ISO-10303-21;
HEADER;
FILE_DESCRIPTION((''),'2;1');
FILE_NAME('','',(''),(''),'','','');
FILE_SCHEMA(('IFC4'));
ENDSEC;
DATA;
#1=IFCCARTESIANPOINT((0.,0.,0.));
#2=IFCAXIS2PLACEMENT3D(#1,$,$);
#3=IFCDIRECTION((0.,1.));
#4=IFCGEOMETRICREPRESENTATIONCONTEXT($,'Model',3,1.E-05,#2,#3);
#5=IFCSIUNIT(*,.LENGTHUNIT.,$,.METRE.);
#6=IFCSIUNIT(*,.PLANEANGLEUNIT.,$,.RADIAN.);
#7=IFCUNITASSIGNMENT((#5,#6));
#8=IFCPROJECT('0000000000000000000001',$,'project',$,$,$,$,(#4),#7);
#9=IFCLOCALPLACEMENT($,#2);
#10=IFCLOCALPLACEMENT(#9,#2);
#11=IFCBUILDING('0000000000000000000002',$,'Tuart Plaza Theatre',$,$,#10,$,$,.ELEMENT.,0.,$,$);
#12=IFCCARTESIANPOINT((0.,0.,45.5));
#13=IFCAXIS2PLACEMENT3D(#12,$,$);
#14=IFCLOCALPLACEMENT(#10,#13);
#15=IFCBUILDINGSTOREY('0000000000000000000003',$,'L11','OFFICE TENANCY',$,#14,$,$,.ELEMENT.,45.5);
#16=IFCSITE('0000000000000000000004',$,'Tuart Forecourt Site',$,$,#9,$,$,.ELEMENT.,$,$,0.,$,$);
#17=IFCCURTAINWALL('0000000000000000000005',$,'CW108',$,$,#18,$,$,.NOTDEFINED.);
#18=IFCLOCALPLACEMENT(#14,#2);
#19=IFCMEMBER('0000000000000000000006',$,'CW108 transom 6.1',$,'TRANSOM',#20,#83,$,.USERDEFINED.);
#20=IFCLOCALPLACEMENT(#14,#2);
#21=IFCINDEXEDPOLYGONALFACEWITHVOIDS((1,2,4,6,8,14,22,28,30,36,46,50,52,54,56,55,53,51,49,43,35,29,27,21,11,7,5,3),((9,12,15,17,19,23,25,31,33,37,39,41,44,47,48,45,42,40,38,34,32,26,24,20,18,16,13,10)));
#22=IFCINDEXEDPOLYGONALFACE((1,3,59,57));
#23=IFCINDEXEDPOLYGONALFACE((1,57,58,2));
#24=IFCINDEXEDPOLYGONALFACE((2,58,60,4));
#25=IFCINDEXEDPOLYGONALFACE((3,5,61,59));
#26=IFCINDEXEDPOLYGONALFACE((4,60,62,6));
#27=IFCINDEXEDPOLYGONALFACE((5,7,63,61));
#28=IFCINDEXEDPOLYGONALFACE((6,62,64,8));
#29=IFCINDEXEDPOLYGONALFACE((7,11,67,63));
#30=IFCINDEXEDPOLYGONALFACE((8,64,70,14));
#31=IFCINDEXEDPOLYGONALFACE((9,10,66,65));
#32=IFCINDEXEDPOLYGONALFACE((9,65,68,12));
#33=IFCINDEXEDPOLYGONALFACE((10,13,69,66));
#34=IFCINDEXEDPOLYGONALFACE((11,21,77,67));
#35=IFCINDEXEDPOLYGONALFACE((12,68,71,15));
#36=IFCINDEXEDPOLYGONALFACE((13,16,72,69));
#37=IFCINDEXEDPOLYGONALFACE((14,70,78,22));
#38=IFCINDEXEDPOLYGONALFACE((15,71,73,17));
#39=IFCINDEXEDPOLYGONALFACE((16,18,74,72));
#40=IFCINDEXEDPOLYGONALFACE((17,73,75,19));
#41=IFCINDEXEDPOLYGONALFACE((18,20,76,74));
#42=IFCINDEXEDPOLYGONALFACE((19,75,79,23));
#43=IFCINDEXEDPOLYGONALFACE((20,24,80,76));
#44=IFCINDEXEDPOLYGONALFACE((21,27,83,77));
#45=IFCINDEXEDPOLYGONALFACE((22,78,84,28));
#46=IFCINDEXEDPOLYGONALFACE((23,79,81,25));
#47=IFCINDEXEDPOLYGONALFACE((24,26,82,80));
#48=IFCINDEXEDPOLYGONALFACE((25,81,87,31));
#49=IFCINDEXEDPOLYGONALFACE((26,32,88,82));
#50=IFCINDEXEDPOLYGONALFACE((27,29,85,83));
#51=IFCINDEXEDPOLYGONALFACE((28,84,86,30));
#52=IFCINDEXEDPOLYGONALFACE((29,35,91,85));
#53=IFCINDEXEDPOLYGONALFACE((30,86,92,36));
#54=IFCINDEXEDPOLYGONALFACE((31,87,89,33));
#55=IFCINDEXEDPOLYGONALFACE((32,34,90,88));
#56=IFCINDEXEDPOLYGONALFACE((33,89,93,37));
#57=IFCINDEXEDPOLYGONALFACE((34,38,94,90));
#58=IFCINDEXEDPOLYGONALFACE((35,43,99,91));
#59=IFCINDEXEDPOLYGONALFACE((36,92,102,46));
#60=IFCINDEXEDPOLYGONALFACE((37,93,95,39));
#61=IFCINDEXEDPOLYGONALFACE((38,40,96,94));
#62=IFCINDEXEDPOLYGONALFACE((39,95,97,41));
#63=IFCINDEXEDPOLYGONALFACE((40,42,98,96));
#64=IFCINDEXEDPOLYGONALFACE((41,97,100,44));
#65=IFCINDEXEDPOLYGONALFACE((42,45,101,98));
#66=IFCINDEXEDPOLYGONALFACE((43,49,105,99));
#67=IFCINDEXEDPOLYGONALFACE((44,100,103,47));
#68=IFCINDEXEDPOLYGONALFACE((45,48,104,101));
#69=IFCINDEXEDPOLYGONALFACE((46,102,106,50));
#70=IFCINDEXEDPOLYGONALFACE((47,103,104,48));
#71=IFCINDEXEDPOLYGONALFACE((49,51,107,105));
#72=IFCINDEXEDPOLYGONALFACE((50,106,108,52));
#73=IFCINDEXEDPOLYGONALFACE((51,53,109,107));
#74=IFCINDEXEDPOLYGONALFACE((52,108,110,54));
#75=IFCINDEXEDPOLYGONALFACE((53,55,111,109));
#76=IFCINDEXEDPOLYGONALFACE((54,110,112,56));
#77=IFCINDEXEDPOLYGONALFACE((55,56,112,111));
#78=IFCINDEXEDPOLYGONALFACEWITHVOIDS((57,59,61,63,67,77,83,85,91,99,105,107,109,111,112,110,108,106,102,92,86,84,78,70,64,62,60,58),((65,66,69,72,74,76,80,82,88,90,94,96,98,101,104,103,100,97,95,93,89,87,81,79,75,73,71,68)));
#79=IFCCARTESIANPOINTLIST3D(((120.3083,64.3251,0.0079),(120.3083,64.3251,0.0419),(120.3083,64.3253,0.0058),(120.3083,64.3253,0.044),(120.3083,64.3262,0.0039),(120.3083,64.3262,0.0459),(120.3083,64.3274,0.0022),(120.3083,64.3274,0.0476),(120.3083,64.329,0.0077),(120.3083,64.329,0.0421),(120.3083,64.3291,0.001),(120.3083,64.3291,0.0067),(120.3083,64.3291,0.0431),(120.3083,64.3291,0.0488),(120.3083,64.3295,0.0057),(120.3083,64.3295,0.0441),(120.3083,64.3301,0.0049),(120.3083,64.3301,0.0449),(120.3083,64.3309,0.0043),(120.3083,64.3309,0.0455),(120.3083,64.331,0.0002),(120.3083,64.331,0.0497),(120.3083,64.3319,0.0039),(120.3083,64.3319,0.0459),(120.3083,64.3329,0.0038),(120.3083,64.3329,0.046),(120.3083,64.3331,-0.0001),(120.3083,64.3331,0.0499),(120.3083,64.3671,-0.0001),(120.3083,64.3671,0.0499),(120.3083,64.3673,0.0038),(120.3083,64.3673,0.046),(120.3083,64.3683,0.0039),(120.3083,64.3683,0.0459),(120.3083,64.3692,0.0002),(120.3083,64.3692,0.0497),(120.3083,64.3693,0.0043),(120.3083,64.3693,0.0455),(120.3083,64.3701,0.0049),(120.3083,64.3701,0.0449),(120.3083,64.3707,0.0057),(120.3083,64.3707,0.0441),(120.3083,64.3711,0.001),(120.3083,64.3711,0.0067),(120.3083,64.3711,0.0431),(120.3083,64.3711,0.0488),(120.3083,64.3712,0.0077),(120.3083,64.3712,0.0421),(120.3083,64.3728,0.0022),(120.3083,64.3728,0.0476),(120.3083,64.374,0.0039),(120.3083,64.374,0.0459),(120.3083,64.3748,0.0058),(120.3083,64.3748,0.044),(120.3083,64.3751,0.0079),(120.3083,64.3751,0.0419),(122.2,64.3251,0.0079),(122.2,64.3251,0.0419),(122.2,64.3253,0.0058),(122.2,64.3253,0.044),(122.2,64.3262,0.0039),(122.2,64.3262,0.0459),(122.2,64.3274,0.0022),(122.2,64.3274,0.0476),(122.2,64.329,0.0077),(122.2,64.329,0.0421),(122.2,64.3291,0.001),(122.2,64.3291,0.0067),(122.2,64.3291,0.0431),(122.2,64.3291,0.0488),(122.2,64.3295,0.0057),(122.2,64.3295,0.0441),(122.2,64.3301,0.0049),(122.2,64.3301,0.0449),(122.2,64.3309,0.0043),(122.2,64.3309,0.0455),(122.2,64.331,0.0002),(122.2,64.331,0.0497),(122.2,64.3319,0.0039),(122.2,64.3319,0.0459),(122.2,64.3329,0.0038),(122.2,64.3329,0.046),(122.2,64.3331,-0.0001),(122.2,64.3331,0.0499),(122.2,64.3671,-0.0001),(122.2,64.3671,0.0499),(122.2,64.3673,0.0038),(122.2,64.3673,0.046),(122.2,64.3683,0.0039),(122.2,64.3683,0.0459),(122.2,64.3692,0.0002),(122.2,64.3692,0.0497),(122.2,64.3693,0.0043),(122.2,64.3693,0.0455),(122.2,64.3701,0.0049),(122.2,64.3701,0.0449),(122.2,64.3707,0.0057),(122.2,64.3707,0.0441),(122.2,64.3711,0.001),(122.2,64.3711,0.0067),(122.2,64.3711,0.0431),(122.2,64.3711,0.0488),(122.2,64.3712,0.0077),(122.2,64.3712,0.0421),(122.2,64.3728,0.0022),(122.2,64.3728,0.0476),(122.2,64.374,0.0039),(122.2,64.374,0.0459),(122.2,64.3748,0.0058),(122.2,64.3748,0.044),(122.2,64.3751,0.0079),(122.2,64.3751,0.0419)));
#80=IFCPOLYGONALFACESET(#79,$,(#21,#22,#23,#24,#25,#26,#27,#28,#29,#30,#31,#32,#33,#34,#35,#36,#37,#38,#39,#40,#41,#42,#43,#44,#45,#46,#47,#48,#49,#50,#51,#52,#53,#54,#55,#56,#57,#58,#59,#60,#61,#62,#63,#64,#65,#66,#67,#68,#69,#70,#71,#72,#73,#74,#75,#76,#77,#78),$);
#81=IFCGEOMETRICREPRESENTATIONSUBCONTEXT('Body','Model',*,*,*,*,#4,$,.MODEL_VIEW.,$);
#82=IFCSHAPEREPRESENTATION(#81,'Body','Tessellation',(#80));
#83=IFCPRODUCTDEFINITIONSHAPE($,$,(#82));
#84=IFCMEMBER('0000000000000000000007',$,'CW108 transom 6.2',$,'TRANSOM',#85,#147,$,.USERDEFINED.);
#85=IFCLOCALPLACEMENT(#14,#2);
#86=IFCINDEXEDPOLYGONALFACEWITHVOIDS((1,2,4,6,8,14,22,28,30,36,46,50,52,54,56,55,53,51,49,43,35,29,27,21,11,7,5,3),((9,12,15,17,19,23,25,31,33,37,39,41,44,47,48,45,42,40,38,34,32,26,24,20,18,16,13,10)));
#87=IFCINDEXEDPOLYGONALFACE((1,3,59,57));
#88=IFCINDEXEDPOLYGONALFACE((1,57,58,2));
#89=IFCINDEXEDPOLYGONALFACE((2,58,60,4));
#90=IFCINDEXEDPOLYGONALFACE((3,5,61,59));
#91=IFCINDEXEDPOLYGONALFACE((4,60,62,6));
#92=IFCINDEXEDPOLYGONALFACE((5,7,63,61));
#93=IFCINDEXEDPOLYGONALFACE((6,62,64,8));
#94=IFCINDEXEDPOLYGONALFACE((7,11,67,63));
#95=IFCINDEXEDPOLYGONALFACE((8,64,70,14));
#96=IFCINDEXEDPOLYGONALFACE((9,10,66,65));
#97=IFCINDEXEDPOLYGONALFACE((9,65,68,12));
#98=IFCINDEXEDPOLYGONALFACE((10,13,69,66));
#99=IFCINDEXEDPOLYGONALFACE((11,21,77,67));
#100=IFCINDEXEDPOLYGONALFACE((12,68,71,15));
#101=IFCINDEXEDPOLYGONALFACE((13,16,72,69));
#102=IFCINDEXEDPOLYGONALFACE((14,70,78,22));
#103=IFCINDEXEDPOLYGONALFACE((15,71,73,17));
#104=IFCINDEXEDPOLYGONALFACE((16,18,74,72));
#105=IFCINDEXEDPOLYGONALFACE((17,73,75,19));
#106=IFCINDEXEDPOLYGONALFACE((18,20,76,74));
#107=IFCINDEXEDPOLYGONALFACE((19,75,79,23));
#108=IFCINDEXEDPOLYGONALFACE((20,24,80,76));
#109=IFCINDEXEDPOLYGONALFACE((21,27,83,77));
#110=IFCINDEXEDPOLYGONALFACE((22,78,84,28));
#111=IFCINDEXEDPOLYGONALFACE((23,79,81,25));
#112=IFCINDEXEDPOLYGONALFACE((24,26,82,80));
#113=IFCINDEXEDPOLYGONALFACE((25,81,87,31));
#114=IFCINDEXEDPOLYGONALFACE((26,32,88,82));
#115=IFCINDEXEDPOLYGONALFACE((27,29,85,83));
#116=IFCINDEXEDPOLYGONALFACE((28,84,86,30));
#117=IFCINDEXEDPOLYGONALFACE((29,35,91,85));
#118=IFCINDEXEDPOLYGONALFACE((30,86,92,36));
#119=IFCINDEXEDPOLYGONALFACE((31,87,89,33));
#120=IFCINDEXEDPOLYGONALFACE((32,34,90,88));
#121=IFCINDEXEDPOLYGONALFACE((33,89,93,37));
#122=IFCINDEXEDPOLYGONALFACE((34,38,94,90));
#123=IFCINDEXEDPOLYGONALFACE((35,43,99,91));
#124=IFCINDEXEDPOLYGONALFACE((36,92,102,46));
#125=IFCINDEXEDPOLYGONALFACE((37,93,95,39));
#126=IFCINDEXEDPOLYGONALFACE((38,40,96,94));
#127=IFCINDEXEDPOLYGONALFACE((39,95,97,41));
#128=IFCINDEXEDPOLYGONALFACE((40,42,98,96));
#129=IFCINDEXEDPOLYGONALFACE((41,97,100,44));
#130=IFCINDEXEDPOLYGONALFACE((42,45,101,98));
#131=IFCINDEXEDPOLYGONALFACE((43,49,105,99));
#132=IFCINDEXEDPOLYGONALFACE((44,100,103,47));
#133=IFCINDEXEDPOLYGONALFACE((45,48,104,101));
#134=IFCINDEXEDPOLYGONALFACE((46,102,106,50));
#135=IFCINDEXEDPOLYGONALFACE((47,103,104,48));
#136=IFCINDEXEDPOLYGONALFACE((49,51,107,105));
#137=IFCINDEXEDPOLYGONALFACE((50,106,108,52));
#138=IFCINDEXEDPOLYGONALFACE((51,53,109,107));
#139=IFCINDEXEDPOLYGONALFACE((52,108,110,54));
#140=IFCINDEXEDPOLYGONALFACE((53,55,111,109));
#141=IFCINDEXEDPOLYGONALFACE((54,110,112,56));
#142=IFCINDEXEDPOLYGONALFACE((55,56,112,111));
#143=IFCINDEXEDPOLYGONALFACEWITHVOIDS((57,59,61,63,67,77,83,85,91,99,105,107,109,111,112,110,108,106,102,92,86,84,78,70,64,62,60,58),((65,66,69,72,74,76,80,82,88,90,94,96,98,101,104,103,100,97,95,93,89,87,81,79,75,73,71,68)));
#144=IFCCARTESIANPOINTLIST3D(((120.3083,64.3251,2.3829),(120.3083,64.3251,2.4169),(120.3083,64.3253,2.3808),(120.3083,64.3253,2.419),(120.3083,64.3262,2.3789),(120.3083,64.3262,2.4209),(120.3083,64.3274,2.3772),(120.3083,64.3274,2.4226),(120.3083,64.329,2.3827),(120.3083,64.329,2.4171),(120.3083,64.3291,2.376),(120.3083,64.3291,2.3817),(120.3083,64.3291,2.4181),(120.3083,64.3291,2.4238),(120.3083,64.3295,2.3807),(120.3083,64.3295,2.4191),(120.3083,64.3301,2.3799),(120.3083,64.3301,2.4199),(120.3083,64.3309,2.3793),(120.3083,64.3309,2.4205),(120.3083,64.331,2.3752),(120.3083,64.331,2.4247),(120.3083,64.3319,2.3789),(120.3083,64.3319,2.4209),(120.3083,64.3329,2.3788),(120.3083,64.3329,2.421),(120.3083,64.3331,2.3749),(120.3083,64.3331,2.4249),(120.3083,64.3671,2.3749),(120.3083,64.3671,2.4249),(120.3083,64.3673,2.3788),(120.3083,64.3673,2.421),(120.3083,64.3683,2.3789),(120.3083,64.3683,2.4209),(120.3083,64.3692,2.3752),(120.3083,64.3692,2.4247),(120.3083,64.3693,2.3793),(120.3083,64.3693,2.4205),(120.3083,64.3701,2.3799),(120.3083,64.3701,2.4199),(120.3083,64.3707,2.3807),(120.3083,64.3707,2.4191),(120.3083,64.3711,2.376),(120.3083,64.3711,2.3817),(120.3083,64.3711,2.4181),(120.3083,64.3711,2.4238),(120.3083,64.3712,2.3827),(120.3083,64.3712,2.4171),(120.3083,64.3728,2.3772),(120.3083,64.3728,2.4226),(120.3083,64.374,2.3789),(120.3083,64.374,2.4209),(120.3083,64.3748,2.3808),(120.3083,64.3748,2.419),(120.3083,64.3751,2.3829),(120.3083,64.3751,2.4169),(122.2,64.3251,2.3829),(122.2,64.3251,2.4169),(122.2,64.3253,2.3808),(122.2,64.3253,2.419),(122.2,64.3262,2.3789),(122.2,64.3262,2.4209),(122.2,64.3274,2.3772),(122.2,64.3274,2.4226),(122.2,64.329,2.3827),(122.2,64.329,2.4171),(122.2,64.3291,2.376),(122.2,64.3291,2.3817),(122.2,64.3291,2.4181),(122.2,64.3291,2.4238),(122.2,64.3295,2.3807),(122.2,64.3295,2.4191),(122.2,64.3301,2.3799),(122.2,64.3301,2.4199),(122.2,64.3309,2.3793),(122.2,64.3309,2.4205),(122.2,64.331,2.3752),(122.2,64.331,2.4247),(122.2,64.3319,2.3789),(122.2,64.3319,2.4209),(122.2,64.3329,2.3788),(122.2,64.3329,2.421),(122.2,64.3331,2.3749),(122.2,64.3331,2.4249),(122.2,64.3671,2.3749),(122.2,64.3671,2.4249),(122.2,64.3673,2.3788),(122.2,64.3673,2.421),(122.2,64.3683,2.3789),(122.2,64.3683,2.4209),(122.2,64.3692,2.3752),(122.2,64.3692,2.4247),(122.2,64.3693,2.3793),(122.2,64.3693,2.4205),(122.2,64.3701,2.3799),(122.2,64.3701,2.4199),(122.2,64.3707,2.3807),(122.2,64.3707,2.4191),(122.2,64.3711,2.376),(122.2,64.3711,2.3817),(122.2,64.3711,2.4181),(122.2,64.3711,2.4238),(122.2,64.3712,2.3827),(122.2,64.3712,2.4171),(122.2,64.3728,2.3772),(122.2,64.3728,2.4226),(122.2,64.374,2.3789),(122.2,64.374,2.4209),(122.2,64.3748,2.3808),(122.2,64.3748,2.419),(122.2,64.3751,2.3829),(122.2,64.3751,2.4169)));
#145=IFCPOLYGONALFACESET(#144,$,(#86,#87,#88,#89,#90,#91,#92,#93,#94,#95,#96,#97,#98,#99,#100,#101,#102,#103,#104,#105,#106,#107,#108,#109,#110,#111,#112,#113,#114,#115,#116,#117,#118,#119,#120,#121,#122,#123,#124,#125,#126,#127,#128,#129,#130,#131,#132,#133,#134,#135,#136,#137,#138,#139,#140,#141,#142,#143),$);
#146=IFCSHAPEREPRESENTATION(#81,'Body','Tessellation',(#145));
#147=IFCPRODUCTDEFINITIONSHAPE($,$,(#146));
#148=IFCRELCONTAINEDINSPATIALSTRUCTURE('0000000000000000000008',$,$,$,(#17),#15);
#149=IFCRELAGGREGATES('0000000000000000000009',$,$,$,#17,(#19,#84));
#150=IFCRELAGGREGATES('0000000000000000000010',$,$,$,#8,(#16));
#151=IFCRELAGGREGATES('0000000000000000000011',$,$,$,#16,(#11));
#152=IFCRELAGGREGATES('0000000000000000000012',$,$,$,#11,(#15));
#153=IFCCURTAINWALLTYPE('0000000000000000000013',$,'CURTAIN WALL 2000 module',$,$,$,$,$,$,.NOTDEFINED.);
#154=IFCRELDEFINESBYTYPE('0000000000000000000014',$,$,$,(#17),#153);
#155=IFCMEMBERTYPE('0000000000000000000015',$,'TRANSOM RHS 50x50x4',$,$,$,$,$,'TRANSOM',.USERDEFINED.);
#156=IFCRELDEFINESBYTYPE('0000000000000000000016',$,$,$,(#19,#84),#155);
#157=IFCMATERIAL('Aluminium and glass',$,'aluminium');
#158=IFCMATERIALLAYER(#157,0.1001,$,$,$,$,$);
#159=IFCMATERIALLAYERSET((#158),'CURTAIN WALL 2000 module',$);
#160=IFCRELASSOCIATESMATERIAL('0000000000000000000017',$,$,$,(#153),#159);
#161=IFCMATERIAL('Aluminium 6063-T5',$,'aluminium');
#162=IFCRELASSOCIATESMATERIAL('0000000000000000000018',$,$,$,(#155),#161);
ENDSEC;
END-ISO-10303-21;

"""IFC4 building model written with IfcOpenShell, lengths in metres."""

from ifc_helpers import new_model, si_unit, direction, frame, origin, origin_2d, place, context, subcontext, project, spatial, hollow_rectangle, extrude, material, layer, layer_set, material_profile, profile_set, type_object, element, aggregate, save


model = new_model("IFC4")

# Units and contexts
model_context = context("Model", 3, precision=1e-05, world=origin(), true_north=direction((0.0, 1.0)))
body_context = subcontext(model_context, "Body", "Model", "MODEL_VIEW")
ifc_project = project(units=[si_unit("LENGTHUNIT", "METRE"), si_unit("PLANEANGLEUNIT", "RADIAN")], contexts=[model_context])

# Site, building, storey
site_placement = place(None, origin())
site = spatial("IfcSite", under=ifc_project, at=site_placement, Name="Tuart Forecourt Site", CompositionType="ELEMENT", RefElevation=0.0)
building_placement = place(site_placement, origin())
building = spatial("IfcBuilding", under=site, at=building_placement, Name="Tuart Plaza Theatre", CompositionType="ELEMENT", ElevationOfRefHeight=0.0)
storey_placement = place(building_placement, frame((0.0, 0.0, 45.5)))
storey = spatial("IfcBuildingStorey", under=building, at=storey_placement, Name="L11", Description="OFFICE TENANCY", CompositionType="ELEMENT", Elevation=45.5)

# Curtain wall, members
ifc_material_1 = material(Name="Aluminium and glass", Category="aluminium")
ifc_layer_1 = layer(ifc_material_1, 0.1001)
ifc_layer_set_1 = layer_set([ifc_layer_1], Name="CURTAIN WALL 2000 module")
curtain_wall_type = type_object("IfcCurtainWallType", Name="CURTAIN WALL 2000 module", PredefinedType="NOTDEFINED", material=ifc_layer_set_1)
curtain_wall_1_placement = place(storey_placement, origin())
curtain_wall_1 = element("IfcCurtainWall", 1, at=curtain_wall_1_placement, inside=storey, type_object=curtain_wall_type, Name="CW108", PredefinedType="NOTDEFINED")
ifc_material_2 = material(Name="Aluminium 6063-T5", Category="aluminium")
ifc_material_profile_1 = material_profile(ifc_material_2, hollow_rectangle(XDim=0.05, YDim=0.05, WallThickness=0.0039, InnerFilletRadius=0.0039, OuterFilletRadius=0.0081, at=origin_2d()), Name="RHS 50x50x4")
ifc_profile_set_1 = profile_set([ifc_material_profile_1], Name="Aluminium 6063-T5")
member_type_1 = type_object("IfcMemberType", Name="TRANSOM RHS 50x50x4", ElementType="TRANSOM", PredefinedType="USERDEFINED", material=ifc_profile_set_1)
member_1_placement = place(storey_placement, frame((120.3083, 64.3501, 0.0249), z_axis=(1.0, 0.0, 0.0), x_axis=(0.0, 1.0, 0.0)))
member_1 = element("IfcMember", 2, at=member_1_placement, type_object=member_type_1, Name="CW108 transom 6.1", ObjectType="TRANSOM", PredefinedType="USERDEFINED", context=body_context, shape_type="SweptSolid", body=[
    extrude(hollow_rectangle(XDim=0.05, YDim=0.05, WallThickness=0.0039, InnerFilletRadius=0.0039, OuterFilletRadius=0.0081, at=origin_2d()), origin(), (0.0, 0.0, 1.0), 1.8916),
])
member_2_placement = place(storey_placement, frame((120.3083, 64.3501, 2.3999), z_axis=(1.0, 0.0, 0.0), x_axis=(0.0, 1.0, 0.0)))
member_2 = element("IfcMember", 3, at=member_2_placement, type_object=member_type_1, Name="CW108 transom 6.2", ObjectType="TRANSOM", PredefinedType="USERDEFINED", context=body_context, shape_type="SweptSolid", body=[
    extrude(hollow_rectangle(XDim=0.05, YDim=0.05, WallThickness=0.0039, InnerFilletRadius=0.0039, OuterFilletRadius=0.0081, at=origin_2d()), origin(), (0.0, 0.0, 1.0), 1.8916),
])

aggregate(curtain_wall_1, [member_1, member_2])

save(model, "model.ifc")
